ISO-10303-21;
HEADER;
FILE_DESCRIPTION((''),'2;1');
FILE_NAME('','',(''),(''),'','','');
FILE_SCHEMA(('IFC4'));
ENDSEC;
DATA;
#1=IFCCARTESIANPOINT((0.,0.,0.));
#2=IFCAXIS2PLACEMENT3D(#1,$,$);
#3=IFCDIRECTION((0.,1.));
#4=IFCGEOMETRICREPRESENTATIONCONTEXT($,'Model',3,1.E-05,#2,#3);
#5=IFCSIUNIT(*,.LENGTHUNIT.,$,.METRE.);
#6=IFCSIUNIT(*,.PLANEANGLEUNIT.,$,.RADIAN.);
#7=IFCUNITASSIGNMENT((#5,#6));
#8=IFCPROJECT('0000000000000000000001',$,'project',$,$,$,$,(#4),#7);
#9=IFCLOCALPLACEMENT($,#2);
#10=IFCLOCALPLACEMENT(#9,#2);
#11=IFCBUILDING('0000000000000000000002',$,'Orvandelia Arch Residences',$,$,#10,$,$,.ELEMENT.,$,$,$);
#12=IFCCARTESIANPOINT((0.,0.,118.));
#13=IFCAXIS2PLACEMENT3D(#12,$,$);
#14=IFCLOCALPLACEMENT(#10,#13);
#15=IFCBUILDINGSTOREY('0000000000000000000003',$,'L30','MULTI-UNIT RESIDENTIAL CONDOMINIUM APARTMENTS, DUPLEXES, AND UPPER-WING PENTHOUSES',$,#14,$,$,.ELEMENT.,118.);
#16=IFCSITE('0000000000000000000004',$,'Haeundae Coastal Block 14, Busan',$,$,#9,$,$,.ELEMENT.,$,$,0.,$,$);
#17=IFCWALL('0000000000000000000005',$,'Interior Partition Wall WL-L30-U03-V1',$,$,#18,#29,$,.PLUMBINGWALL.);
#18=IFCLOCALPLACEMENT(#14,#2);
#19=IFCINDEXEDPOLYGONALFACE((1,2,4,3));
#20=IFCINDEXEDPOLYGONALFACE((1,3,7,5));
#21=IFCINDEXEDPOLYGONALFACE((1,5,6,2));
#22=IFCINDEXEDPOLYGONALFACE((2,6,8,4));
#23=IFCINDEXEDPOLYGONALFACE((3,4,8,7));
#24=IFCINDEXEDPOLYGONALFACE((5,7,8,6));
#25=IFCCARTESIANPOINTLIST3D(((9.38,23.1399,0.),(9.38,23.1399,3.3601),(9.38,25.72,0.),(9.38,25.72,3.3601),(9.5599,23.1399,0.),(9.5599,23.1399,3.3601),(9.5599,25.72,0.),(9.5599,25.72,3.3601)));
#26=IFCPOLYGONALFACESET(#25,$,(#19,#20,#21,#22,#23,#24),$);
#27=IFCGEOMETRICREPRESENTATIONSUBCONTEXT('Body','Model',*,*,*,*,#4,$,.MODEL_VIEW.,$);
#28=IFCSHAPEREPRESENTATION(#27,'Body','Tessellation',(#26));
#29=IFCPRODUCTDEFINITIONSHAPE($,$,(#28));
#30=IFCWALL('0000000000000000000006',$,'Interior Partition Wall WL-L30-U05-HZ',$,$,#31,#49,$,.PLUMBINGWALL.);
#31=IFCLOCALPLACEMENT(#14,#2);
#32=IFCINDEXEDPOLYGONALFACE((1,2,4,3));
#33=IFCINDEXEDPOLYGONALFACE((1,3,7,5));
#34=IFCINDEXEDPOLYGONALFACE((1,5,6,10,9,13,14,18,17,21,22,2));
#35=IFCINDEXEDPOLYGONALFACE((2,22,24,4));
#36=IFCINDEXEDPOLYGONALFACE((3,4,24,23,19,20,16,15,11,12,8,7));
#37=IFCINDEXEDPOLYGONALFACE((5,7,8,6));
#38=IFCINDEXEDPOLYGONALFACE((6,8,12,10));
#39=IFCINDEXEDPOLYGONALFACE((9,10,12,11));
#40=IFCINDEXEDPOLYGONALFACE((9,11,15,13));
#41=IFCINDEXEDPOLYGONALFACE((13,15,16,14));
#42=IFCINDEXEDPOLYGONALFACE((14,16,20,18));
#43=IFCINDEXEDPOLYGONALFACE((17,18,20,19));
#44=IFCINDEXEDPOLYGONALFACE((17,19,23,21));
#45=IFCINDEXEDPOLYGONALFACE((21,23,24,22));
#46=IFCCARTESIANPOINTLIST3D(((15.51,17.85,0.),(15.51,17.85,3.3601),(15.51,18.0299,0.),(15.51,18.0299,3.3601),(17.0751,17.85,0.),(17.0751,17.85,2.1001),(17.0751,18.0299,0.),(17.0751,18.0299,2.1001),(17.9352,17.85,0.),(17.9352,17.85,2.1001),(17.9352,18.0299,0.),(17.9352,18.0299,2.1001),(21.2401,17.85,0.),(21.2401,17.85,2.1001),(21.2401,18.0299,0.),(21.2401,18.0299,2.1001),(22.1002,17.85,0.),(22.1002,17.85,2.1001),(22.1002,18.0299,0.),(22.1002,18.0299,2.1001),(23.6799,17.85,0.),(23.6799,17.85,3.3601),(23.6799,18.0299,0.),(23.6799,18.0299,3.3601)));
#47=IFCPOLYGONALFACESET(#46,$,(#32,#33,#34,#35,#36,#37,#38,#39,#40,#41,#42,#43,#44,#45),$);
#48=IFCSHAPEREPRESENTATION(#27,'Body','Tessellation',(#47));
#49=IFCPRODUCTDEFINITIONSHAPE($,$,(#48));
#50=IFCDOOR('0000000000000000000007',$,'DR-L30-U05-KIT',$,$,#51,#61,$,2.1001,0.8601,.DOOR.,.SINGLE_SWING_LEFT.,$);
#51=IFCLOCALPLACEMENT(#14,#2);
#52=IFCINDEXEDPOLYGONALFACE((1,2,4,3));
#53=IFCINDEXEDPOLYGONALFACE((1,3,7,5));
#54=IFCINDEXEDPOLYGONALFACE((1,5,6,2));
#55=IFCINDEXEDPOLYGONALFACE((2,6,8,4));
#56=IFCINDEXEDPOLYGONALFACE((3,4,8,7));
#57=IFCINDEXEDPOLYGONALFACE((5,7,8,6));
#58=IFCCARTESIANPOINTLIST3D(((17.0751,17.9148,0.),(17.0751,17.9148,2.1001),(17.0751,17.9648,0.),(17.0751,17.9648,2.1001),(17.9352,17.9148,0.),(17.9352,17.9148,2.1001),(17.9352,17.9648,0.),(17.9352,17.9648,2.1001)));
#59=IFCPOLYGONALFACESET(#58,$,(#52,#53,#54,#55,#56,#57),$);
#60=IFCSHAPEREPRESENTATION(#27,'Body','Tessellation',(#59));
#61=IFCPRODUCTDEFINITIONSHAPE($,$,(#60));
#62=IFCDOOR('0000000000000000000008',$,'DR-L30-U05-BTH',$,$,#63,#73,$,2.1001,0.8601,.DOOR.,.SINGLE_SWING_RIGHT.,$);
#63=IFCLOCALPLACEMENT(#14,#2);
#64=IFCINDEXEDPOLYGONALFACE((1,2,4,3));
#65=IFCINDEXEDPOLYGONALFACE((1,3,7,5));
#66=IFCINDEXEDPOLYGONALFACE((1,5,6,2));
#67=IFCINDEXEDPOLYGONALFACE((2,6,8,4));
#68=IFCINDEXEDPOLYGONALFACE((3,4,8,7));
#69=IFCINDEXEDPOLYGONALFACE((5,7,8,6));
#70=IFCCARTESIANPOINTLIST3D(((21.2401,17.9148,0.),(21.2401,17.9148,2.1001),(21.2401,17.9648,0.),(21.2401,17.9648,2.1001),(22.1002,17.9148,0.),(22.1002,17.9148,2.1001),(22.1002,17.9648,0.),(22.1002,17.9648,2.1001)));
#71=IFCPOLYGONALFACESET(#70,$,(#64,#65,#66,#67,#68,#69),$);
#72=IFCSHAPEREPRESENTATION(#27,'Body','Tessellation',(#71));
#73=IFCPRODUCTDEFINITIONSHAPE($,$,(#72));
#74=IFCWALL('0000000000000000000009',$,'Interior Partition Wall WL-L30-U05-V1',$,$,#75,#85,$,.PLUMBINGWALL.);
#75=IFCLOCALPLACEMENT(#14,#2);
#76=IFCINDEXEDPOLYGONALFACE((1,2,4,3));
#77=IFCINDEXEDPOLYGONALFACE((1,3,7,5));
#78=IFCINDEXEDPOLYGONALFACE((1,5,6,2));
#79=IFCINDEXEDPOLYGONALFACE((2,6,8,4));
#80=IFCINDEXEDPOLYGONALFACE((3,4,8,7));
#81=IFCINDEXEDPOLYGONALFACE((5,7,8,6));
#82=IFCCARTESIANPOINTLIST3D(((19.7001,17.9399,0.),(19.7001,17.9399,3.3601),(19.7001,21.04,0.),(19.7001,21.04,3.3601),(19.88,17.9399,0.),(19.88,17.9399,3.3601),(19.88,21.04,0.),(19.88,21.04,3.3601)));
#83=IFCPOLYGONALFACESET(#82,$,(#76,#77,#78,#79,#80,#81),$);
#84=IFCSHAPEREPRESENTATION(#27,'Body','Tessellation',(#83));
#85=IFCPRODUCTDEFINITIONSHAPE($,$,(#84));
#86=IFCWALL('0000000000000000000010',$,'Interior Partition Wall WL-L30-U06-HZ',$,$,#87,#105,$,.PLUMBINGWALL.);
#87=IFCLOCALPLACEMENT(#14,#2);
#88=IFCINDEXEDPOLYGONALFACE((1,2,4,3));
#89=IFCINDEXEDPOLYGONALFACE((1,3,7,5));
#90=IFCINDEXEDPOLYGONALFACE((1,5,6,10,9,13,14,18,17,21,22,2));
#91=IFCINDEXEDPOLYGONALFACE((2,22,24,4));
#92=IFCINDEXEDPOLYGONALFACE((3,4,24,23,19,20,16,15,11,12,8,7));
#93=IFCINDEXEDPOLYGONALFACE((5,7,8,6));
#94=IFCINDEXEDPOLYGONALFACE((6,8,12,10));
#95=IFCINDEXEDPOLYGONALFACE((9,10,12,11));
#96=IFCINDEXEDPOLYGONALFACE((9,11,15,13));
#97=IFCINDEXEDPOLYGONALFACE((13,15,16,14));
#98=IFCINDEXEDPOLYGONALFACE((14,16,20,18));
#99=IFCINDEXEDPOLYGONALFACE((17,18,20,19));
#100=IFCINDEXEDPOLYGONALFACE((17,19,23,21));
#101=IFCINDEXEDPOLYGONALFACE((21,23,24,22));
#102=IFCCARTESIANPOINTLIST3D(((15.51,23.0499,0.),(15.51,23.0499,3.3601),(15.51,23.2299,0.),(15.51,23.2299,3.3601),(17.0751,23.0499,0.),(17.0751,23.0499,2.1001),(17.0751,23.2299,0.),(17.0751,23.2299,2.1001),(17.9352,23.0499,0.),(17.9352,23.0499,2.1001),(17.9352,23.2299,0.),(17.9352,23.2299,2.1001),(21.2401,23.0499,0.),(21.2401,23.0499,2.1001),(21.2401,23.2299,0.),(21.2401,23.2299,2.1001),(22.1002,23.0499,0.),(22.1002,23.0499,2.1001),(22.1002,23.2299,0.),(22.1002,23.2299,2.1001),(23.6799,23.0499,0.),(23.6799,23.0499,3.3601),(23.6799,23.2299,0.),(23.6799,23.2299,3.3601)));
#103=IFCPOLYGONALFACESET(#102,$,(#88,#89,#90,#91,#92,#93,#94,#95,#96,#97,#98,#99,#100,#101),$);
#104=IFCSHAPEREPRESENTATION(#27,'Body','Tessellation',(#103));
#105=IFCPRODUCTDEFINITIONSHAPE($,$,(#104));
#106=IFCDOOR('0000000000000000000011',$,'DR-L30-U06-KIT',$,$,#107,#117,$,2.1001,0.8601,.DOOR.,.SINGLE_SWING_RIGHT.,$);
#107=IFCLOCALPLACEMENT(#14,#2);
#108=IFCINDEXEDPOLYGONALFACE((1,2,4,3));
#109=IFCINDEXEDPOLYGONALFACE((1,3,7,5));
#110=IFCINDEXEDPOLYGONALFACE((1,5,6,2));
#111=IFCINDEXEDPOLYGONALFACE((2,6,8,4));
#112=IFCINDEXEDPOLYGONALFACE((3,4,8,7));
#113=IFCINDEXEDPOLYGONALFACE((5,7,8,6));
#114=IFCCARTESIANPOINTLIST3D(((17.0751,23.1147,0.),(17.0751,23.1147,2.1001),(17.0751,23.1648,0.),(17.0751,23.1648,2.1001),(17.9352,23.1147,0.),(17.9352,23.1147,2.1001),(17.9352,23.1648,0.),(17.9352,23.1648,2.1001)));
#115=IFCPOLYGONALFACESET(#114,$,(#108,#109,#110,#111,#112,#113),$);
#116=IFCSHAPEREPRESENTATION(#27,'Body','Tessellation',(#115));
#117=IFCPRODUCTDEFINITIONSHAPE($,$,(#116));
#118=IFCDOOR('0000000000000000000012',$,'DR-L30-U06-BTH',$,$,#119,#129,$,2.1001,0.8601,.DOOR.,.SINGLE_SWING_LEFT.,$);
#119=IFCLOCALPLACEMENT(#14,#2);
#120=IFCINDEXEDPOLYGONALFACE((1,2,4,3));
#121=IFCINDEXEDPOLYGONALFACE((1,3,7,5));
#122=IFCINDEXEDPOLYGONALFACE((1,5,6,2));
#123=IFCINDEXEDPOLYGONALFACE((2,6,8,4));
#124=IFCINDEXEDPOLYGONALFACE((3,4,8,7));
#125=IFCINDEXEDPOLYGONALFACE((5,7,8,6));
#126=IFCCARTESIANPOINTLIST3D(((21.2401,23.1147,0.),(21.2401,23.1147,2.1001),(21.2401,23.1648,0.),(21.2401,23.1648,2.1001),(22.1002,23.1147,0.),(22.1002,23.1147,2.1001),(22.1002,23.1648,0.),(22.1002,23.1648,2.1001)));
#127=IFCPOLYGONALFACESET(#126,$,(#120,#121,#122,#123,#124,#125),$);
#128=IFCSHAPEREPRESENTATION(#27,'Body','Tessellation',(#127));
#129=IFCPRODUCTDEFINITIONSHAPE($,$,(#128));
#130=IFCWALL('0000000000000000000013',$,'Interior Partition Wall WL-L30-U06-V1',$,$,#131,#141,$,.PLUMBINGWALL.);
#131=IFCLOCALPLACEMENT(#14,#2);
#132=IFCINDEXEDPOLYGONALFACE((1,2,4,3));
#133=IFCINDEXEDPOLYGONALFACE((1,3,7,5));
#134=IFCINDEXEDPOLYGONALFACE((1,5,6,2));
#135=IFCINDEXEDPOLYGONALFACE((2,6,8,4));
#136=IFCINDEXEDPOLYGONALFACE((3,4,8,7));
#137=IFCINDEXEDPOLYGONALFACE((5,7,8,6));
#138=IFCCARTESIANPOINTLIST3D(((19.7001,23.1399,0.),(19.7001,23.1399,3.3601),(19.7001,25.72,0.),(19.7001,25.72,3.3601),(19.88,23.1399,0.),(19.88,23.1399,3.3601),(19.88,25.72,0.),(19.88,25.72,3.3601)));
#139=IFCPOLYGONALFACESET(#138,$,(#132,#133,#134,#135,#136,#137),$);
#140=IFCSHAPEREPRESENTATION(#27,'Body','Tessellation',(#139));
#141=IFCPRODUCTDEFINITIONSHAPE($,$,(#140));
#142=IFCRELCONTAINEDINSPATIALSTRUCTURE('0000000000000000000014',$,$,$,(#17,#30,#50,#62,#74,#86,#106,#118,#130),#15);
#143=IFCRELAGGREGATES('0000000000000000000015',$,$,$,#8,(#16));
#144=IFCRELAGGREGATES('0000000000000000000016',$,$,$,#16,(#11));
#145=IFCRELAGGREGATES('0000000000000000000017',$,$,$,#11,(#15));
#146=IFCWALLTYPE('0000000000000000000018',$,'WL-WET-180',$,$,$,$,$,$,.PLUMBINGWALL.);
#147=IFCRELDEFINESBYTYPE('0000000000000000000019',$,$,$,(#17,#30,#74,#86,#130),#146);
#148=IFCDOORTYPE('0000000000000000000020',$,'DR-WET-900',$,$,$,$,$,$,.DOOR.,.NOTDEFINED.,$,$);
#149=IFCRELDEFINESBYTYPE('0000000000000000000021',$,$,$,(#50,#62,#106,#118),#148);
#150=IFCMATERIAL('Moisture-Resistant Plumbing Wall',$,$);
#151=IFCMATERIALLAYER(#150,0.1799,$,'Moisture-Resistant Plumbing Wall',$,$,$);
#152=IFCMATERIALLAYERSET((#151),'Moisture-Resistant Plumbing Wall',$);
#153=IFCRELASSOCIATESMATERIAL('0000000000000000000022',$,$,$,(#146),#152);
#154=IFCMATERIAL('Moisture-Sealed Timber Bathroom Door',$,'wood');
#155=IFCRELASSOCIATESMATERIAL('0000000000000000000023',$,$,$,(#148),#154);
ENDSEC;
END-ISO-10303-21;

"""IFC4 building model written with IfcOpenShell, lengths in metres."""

from ifc_helpers import new_model, si_unit, direction, frame, frame_2d, origin, place, context, subcontext, project, spatial, rectangle, extrude, material, layer, layer_set, type_object, element, fill, save


model = new_model("IFC4")

# Units and contexts
model_context = context("Model", 3, precision=1e-05, world=origin(), true_north=direction((0.0, 1.0)))
body_context = subcontext(model_context, "Body", "Model", "MODEL_VIEW")
ifc_project = project(units=[si_unit("LENGTHUNIT", "METRE"), si_unit("PLANEANGLEUNIT", "RADIAN")], contexts=[model_context])

# Site, building, storey
site_placement = place(None, origin())
site = spatial("IfcSite", under=ifc_project, at=site_placement, Name="Haeundae Coastal Block 14, Busan", CompositionType="ELEMENT", RefElevation=0.0)
building_placement = place(site_placement, origin())
building = spatial("IfcBuilding", under=site, at=building_placement, Name="Orvandelia Arch Residences", CompositionType="ELEMENT")
storey_placement = place(building_placement, frame((0.0, 0.0, 118.0)))
storey = spatial("IfcBuildingStorey", under=building, at=storey_placement, Name="L30", Description="MULTI-UNIT RESIDENTIAL CONDOMINIUM APARTMENTS, DUPLEXES, AND UPPER-WING PENTHOUSES", CompositionType="ELEMENT", Elevation=118.0)

# Wall
ifc_material_1 = material(Name="Moisture-Resistant Plumbing Wall")
ifc_layer_1 = layer(ifc_material_1, 0.1799, Name="Moisture-Resistant Plumbing Wall")
ifc_layer_set_1 = layer_set([ifc_layer_1], Name="Moisture-Resistant Plumbing Wall")
wall_type_1 = type_object("IfcWallType", Name="WL-WET-180", PredefinedType="PLUMBINGWALL", material=ifc_layer_set_1)
wall_1_placement = place(storey_placement, frame((9.47, 23.1399, 0.0), z_axis=(0.0, 0.0, 1.0), x_axis=(0.0, 1.0, 0.0)))
element("IfcWall", 1, at=wall_1_placement, inside=storey, type_object=wall_type_1, Name="Interior Partition Wall WL-L30-U03-V1", PredefinedType="PLUMBINGWALL", context=body_context, shape_type="SweptSolid", body=[
    extrude(rectangle(XDim=2.5801, YDim=0.1799, at=frame_2d((1.29, 0.0))), origin(), (0.0, 0.0, 1.0), 3.3601),
])

# Wall, openings, doors
wall_2_placement = place(storey_placement, frame((15.51, 17.9399, 0.0), z_axis=(0.0, 0.0, 1.0), x_axis=(1.0, 0.0, 0.0)))
wall_2 = element("IfcWall", 2, at=wall_2_placement, inside=storey, type_object=wall_type_1, Name="Interior Partition Wall WL-L30-U05-HZ", PredefinedType="PLUMBINGWALL", context=body_context, shape_type="SweptSolid", body=[
    extrude(rectangle(XDim=8.1699, YDim=0.1799, at=frame_2d((4.085, 0.0))), origin(), (0.0, 0.0, 1.0), 3.3601),
])
opening_1_placement = place(wall_2_placement, frame((1.5649, 0.0, 0.0)))
opening_1 = element("IfcOpeningElement", 3, at=opening_1_placement, cuts=wall_2, PredefinedType="OPENING", context=body_context, shape_type="SweptSolid", body=[
    extrude(rectangle(XDim=0.8601, YDim=2.1001, at=frame_2d((0.4302, 1.05))), frame((0.0, 0.1001, 0.0), z_axis=(0.0, -1.0, 0.0), x_axis=(1.0, 0.0, 0.0)), (0.0, 0.0, 1.0), 0.2),
])
opening_2_placement = place(wall_2_placement, frame((5.73, 0.0, 0.0)))
opening_2 = element("IfcOpeningElement", 4, at=opening_2_placement, cuts=wall_2, PredefinedType="OPENING", context=body_context, shape_type="SweptSolid", body=[
    extrude(rectangle(XDim=0.8601, YDim=2.1001, at=frame_2d((0.4302, 1.05))), frame((0.0, 0.1001, 0.0), z_axis=(0.0, -1.0, 0.0), x_axis=(1.0, 0.0, 0.0)), (0.0, 0.0, 1.0), 0.2),
])
ifc_material_2 = material(Name="Moisture-Sealed Timber Bathroom Door", Category="wood")
door_type_1 = type_object("IfcDoorType", Name="DR-WET-900", OperationType="NOTDEFINED", PredefinedType="DOOR", material=ifc_material_2)
door_1_placement = place(opening_1_placement, origin())
door_1 = element("IfcDoor", 5, at=door_1_placement, inside=storey, type_object=door_type_1, Name="DR-L30-U05-KIT", OperationType="SINGLE_SWING_LEFT", OverallHeight=2.1001, OverallWidth=0.8601, PredefinedType="DOOR", context=body_context, shape_type="SweptSolid", body=[
    extrude(rectangle(XDim=0.8601, YDim=2.1001, at=frame_2d((0.4302, 1.05))), frame((0.0, 0.0249, 0.0), z_axis=(0.0, -1.0, 0.0), x_axis=(1.0, 0.0, 0.0)), (0.0, 0.0, 1.0), 0.05),
])
fill(opening_1, door_1)
door_2_placement = place(opening_2_placement, origin())
door_2 = element("IfcDoor", 6, at=door_2_placement, inside=storey, type_object=door_type_1, Name="DR-L30-U05-BTH", OperationType="SINGLE_SWING_RIGHT", OverallHeight=2.1001, OverallWidth=0.8601, PredefinedType="DOOR", context=body_context, shape_type="SweptSolid", body=[
    extrude(rectangle(XDim=0.8601, YDim=2.1001, at=frame_2d((0.4302, 1.05))), frame((0.0, 0.0249, 0.0), z_axis=(0.0, -1.0, 0.0), x_axis=(1.0, 0.0, 0.0)), (0.0, 0.0, 1.0), 0.05),
])
fill(opening_2, door_2)

# Wall
wall_3_placement = place(storey_placement, frame((19.79, 17.9399, 0.0), z_axis=(0.0, 0.0, 1.0), x_axis=(0.0, 1.0, 0.0)))
element("IfcWall", 7, at=wall_3_placement, inside=storey, type_object=wall_type_1, Name="Interior Partition Wall WL-L30-U05-V1", PredefinedType="PLUMBINGWALL", context=body_context, shape_type="SweptSolid", body=[
    extrude(rectangle(XDim=3.1001, YDim=0.1799, at=frame_2d((1.55, 0.0))), origin(), (0.0, 0.0, 1.0), 3.3601),
])

# Wall, openings, doors
wall_4_placement = place(storey_placement, frame((15.51, 23.1399, 0.0), z_axis=(0.0, 0.0, 1.0), x_axis=(1.0, 0.0, 0.0)))
wall_4 = element("IfcWall", 8, at=wall_4_placement, inside=storey, type_object=wall_type_1, Name="Interior Partition Wall WL-L30-U06-HZ", PredefinedType="PLUMBINGWALL", context=body_context, shape_type="SweptSolid", body=[
    extrude(rectangle(XDim=8.1699, YDim=0.1799, at=frame_2d((4.085, 0.0))), origin(), (0.0, 0.0, 1.0), 3.3601),
])
opening_3_placement = place(wall_4_placement, frame((1.5649, 0.0, 0.0)))
opening_3 = element("IfcOpeningElement", 9, at=opening_3_placement, cuts=wall_4, PredefinedType="OPENING", context=body_context, shape_type="SweptSolid", body=[
    extrude(rectangle(XDim=0.8601, YDim=2.1001, at=frame_2d((0.4302, 1.05))), frame((0.0, 0.1001, 0.0), z_axis=(0.0, -1.0, 0.0), x_axis=(1.0, 0.0, 0.0)), (0.0, 0.0, 1.0), 0.2),
])
opening_4_placement = place(wall_4_placement, frame((5.73, 0.0, 0.0)))
opening_4 = element("IfcOpeningElement", 10, at=opening_4_placement, cuts=wall_4, PredefinedType="OPENING", context=body_context, shape_type="SweptSolid", body=[
    extrude(rectangle(XDim=0.8601, YDim=2.1001, at=frame_2d((0.4302, 1.05))), frame((0.0, 0.1001, 0.0), z_axis=(0.0, -1.0, 0.0), x_axis=(1.0, 0.0, 0.0)), (0.0, 0.0, 1.0), 0.2),
])
door_3_placement = place(opening_3_placement, origin())
door_3 = element("IfcDoor", 11, at=door_3_placement, inside=storey, type_object=door_type_1, Name="DR-L30-U06-KIT", OperationType="SINGLE_SWING_RIGHT", OverallHeight=2.1001, OverallWidth=0.8601, PredefinedType="DOOR", context=body_context, shape_type="SweptSolid", body=[
    extrude(rectangle(XDim=0.8601, YDim=2.1001, at=frame_2d((0.4302, 1.05))), frame((0.0, 0.0249, 0.0), z_axis=(0.0, -1.0, 0.0), x_axis=(1.0, 0.0, 0.0)), (0.0, 0.0, 1.0), 0.05),
])
fill(opening_3, door_3)
door_4_placement = place(opening_4_placement, origin())
door_4 = element("IfcDoor", 12, at=door_4_placement, inside=storey, type_object=door_type_1, Name="DR-L30-U06-BTH", OperationType="SINGLE_SWING_LEFT", OverallHeight=2.1001, OverallWidth=0.8601, PredefinedType="DOOR", context=body_context, shape_type="SweptSolid", body=[
    extrude(rectangle(XDim=0.8601, YDim=2.1001, at=frame_2d((0.4302, 1.05))), frame((0.0, 0.0249, 0.0), z_axis=(0.0, -1.0, 0.0), x_axis=(1.0, 0.0, 0.0)), (0.0, 0.0, 1.0), 0.05),
])
fill(opening_4, door_4)

# Wall
wall_5_placement = place(storey_placement, frame((19.79, 23.1399, 0.0), z_axis=(0.0, 0.0, 1.0), x_axis=(0.0, 1.0, 0.0)))
element("IfcWall", 13, at=wall_5_placement, inside=storey, type_object=wall_type_1, Name="Interior Partition Wall WL-L30-U06-V1", PredefinedType="PLUMBINGWALL", context=body_context, shape_type="SweptSolid", body=[
    extrude(rectangle(XDim=2.5801, YDim=0.1799, at=frame_2d((1.29, 0.0))), origin(), (0.0, 0.0, 1.0), 3.3601),
])

save(model, "model.ifc")
